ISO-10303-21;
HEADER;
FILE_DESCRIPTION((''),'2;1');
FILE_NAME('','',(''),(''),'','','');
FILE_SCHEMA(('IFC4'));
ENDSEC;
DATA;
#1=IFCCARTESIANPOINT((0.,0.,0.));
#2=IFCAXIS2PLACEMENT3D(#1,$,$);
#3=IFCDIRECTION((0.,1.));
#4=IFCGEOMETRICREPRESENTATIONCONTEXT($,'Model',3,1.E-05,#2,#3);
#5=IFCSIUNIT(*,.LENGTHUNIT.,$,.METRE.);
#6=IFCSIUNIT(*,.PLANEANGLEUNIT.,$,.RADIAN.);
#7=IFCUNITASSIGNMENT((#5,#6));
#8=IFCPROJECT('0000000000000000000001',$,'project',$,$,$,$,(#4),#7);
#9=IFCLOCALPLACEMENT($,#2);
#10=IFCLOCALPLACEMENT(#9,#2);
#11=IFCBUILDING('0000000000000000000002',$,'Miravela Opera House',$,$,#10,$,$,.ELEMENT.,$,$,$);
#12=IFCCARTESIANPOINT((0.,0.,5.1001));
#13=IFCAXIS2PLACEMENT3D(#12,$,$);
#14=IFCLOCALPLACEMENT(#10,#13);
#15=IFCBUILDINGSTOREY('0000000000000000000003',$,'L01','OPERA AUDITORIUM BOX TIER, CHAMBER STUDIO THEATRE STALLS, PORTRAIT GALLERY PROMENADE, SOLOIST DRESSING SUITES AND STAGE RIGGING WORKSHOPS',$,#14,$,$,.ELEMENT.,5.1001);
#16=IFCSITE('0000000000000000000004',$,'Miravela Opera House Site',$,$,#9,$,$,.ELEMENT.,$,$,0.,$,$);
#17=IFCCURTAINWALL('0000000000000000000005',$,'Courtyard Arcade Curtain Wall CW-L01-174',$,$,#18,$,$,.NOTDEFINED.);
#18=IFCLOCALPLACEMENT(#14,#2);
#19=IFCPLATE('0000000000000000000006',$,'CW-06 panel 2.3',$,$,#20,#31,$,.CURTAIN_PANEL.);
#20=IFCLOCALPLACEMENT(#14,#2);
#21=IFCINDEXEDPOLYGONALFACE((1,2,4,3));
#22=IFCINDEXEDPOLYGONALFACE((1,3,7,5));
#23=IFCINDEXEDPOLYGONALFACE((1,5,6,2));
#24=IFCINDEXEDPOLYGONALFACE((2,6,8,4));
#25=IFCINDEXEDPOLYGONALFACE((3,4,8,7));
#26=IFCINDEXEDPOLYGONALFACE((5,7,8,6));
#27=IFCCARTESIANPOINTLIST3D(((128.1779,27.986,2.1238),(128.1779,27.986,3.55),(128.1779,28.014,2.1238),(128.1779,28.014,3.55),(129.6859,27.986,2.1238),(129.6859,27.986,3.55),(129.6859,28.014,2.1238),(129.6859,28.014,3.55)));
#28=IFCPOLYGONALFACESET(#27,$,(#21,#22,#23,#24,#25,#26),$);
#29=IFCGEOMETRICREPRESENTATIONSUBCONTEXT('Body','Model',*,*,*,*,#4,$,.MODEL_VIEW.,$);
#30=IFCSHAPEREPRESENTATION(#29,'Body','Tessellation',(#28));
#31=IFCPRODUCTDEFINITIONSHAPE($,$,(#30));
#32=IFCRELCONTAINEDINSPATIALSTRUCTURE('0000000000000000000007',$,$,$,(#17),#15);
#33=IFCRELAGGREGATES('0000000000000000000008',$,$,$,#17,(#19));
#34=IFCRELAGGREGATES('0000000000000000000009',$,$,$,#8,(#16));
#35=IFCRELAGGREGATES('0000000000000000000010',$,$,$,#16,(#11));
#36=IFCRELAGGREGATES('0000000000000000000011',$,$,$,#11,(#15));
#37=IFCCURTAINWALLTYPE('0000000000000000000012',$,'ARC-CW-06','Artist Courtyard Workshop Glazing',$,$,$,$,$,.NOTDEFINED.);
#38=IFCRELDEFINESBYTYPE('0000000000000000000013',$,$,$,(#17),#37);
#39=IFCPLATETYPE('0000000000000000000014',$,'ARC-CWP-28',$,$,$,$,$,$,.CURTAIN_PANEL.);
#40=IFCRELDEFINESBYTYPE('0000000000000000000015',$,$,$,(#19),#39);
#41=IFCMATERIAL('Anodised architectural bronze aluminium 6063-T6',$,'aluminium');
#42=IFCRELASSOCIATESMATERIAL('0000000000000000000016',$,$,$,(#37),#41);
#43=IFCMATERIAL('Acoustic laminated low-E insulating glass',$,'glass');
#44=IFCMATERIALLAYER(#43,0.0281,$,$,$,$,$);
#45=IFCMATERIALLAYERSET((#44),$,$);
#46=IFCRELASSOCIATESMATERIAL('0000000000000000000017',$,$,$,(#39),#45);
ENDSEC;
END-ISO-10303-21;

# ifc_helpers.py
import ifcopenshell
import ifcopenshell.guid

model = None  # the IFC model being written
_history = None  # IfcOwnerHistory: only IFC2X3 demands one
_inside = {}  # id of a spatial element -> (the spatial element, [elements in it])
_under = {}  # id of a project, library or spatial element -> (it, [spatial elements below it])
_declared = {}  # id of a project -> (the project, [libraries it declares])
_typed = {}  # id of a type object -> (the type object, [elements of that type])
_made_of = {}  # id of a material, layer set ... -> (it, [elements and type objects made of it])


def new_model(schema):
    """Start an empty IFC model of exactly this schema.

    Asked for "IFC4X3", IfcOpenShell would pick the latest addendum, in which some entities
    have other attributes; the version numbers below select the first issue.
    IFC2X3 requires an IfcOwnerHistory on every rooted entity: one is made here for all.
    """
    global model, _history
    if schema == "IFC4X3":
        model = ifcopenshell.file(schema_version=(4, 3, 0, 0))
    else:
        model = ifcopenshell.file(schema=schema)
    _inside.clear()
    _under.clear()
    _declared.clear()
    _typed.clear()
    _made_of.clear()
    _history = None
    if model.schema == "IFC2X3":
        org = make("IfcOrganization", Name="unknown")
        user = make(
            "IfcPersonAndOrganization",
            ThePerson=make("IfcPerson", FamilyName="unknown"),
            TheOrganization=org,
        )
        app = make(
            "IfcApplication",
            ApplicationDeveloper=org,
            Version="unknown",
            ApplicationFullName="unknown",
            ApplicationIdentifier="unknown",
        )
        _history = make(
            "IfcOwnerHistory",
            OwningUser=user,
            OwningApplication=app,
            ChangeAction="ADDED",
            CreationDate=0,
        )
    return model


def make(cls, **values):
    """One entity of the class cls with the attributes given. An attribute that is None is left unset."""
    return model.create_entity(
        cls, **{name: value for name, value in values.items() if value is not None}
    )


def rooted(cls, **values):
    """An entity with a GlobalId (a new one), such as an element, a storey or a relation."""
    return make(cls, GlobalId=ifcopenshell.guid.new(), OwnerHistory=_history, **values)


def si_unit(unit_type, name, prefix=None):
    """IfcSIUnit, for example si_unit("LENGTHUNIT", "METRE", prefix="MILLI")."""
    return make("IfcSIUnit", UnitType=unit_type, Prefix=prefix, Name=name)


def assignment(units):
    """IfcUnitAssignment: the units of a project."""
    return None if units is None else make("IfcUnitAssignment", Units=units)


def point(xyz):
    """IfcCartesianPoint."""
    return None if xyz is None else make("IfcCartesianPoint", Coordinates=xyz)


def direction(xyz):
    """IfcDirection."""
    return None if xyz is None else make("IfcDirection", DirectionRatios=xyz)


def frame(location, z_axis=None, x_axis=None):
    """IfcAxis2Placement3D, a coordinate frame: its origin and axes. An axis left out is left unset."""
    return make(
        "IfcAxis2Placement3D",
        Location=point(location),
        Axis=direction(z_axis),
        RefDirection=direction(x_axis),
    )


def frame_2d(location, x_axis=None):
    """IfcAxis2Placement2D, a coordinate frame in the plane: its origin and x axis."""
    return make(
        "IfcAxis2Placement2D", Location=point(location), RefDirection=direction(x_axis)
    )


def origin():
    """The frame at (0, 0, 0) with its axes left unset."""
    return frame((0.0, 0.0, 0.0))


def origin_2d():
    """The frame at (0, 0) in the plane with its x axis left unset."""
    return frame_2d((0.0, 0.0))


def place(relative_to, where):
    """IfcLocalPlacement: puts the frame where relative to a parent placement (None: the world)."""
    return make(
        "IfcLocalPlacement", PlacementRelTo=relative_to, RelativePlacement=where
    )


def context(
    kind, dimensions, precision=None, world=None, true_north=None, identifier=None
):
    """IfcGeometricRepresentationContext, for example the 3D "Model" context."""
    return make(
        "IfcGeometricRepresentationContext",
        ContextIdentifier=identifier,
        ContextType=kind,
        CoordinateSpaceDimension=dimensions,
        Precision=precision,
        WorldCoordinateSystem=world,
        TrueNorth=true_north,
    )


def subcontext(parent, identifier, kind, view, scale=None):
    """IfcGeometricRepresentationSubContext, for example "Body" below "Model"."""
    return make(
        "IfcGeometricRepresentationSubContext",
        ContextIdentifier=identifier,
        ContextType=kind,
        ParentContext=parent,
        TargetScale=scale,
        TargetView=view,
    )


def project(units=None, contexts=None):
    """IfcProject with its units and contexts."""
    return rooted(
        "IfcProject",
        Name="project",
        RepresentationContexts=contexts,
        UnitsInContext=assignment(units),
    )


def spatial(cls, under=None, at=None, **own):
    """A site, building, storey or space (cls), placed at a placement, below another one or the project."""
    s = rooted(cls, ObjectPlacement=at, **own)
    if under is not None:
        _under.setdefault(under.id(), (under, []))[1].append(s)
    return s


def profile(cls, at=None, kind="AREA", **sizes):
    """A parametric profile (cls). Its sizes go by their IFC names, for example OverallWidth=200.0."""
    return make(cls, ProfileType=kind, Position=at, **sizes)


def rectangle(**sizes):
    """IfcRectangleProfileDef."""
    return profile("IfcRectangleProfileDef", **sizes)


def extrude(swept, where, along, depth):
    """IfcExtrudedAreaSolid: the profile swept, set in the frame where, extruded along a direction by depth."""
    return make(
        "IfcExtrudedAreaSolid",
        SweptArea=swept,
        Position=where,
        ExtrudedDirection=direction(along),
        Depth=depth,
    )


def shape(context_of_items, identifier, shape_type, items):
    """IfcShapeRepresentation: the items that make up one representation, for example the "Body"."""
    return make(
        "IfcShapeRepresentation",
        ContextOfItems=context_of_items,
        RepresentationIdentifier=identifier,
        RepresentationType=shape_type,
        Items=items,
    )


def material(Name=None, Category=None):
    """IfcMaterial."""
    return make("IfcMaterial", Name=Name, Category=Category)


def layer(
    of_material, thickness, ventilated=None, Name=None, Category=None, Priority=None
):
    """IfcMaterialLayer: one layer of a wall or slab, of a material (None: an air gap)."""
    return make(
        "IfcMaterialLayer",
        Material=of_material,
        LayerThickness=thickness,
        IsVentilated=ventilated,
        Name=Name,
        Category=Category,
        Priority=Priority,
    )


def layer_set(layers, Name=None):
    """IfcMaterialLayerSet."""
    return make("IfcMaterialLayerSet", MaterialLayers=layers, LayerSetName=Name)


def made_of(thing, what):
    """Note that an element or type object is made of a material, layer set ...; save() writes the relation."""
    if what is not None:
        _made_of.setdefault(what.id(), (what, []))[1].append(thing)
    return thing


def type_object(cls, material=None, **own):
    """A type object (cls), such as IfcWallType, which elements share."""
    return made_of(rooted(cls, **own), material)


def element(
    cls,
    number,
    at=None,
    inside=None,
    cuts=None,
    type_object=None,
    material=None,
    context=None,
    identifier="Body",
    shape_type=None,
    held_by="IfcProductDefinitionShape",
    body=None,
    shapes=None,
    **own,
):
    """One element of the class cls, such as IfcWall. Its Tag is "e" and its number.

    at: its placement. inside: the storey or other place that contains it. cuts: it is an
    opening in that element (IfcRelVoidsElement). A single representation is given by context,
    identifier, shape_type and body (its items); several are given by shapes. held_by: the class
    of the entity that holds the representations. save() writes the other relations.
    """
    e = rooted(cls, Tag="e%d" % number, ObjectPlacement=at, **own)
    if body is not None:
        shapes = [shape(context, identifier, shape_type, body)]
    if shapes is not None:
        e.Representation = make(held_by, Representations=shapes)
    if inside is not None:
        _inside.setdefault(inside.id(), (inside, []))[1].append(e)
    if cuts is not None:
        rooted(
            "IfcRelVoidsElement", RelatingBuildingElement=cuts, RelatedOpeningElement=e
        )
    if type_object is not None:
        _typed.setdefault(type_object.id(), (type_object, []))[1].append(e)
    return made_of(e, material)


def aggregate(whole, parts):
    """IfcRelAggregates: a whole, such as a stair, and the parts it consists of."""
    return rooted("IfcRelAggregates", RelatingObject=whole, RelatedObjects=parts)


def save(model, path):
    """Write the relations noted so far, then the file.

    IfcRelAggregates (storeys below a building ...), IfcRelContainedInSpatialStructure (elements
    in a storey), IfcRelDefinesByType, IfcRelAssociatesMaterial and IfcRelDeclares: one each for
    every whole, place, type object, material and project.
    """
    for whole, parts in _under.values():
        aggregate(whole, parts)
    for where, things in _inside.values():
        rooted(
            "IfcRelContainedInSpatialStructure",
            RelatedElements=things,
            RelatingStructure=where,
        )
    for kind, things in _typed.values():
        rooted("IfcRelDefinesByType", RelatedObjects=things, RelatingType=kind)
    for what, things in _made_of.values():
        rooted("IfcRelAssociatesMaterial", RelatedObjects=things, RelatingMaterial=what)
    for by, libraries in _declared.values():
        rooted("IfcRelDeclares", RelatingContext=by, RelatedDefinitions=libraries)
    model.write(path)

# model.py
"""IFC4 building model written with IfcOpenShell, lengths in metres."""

from ifc_helpers import new_model, si_unit, direction, frame, origin, origin_2d, place, context, subcontext, project, spatial, rectangle, extrude, material, layer, layer_set, type_object, element, aggregate, save


model = new_model("IFC4")

# Units and contexts
model_context = context("Model", 3, precision=1e-05, world=origin(), true_north=direction((0.0, 1.0)))
body_context = subcontext(model_context, "Body", "Model", "MODEL_VIEW")
ifc_project = project(units=[si_unit("LENGTHUNIT", "METRE"), si_unit("PLANEANGLEUNIT", "RADIAN")], contexts=[model_context])

# Site, building, storey
site_placement = place(None, origin())
site = spatial("IfcSite", under=ifc_project, at=site_placement, Name="Miravela Opera House Site", CompositionType="ELEMENT", RefElevation=0.0)
building_placement = place(site_placement, origin())
building = spatial("IfcBuilding", under=site, at=building_placement, Name="Miravela Opera House", CompositionType="ELEMENT")
storey_placement = place(building_placement, frame((0.0, 0.0, 5.1001)))
storey = spatial("IfcBuildingStorey", under=building, at=storey_placement, Name="L01", Description="OPERA AUDITORIUM BOX TIER, CHAMBER STUDIO THEATRE STALLS, PORTRAIT GALLERY PROMENADE, SOLOIST DRESSING SUITES AND STAGE RIGGING WORKSHOPS", CompositionType="ELEMENT", Elevation=5.1001)

# Shared definitions
ifc_material_1 = material(Name="Anodised architectural bronze aluminium 6063-T6", Category="aluminium")
curtain_wall_type = type_object("IfcCurtainWallType", Name="ARC-CW-06", Description="Artist Courtyard Workshop Glazing", PredefinedType="NOTDEFINED", material=ifc_material_1)

# Curtain wall
curtain_wall_1_placement = place(storey_placement, origin())
curtain_wall_1 = element("IfcCurtainWall", 1, at=curtain_wall_1_placement, inside=storey, type_object=curtain_wall_type, Name="Courtyard Arcade Curtain Wall CW-L01-174", PredefinedType="NOTDEFINED")

# Plate
ifc_material_2 = material(Name="Acoustic laminated low-E insulating glass", Category="glass")
ifc_layer = layer(ifc_material_2, 0.0281)
ifc_layer_set = layer_set([ifc_layer])
plate_type = type_object("IfcPlateType", Name="ARC-CWP-28", PredefinedType="CURTAIN_PANEL", material=ifc_layer_set)
plate_1_placement = place(storey_placement, frame((128.9319, 28.0, 2.1238), z_axis=(0.0, 0.0, 1.0), x_axis=(1.0, 0.0, 0.0)))
plate_1 = element("IfcPlate", 2, at=plate_1_placement, type_object=plate_type, Name="CW-06 panel 2.3", PredefinedType="CURTAIN_PANEL", context=body_context, shape_type="SweptSolid", body=[
    extrude(rectangle(XDim=1.5081, YDim=0.0281, at=origin_2d()), origin(), (0.0, 0.0, 1.0), 1.4263),
])
aggregate(curtain_wall_1, [plate_1])

save(model, "model.ifc")
